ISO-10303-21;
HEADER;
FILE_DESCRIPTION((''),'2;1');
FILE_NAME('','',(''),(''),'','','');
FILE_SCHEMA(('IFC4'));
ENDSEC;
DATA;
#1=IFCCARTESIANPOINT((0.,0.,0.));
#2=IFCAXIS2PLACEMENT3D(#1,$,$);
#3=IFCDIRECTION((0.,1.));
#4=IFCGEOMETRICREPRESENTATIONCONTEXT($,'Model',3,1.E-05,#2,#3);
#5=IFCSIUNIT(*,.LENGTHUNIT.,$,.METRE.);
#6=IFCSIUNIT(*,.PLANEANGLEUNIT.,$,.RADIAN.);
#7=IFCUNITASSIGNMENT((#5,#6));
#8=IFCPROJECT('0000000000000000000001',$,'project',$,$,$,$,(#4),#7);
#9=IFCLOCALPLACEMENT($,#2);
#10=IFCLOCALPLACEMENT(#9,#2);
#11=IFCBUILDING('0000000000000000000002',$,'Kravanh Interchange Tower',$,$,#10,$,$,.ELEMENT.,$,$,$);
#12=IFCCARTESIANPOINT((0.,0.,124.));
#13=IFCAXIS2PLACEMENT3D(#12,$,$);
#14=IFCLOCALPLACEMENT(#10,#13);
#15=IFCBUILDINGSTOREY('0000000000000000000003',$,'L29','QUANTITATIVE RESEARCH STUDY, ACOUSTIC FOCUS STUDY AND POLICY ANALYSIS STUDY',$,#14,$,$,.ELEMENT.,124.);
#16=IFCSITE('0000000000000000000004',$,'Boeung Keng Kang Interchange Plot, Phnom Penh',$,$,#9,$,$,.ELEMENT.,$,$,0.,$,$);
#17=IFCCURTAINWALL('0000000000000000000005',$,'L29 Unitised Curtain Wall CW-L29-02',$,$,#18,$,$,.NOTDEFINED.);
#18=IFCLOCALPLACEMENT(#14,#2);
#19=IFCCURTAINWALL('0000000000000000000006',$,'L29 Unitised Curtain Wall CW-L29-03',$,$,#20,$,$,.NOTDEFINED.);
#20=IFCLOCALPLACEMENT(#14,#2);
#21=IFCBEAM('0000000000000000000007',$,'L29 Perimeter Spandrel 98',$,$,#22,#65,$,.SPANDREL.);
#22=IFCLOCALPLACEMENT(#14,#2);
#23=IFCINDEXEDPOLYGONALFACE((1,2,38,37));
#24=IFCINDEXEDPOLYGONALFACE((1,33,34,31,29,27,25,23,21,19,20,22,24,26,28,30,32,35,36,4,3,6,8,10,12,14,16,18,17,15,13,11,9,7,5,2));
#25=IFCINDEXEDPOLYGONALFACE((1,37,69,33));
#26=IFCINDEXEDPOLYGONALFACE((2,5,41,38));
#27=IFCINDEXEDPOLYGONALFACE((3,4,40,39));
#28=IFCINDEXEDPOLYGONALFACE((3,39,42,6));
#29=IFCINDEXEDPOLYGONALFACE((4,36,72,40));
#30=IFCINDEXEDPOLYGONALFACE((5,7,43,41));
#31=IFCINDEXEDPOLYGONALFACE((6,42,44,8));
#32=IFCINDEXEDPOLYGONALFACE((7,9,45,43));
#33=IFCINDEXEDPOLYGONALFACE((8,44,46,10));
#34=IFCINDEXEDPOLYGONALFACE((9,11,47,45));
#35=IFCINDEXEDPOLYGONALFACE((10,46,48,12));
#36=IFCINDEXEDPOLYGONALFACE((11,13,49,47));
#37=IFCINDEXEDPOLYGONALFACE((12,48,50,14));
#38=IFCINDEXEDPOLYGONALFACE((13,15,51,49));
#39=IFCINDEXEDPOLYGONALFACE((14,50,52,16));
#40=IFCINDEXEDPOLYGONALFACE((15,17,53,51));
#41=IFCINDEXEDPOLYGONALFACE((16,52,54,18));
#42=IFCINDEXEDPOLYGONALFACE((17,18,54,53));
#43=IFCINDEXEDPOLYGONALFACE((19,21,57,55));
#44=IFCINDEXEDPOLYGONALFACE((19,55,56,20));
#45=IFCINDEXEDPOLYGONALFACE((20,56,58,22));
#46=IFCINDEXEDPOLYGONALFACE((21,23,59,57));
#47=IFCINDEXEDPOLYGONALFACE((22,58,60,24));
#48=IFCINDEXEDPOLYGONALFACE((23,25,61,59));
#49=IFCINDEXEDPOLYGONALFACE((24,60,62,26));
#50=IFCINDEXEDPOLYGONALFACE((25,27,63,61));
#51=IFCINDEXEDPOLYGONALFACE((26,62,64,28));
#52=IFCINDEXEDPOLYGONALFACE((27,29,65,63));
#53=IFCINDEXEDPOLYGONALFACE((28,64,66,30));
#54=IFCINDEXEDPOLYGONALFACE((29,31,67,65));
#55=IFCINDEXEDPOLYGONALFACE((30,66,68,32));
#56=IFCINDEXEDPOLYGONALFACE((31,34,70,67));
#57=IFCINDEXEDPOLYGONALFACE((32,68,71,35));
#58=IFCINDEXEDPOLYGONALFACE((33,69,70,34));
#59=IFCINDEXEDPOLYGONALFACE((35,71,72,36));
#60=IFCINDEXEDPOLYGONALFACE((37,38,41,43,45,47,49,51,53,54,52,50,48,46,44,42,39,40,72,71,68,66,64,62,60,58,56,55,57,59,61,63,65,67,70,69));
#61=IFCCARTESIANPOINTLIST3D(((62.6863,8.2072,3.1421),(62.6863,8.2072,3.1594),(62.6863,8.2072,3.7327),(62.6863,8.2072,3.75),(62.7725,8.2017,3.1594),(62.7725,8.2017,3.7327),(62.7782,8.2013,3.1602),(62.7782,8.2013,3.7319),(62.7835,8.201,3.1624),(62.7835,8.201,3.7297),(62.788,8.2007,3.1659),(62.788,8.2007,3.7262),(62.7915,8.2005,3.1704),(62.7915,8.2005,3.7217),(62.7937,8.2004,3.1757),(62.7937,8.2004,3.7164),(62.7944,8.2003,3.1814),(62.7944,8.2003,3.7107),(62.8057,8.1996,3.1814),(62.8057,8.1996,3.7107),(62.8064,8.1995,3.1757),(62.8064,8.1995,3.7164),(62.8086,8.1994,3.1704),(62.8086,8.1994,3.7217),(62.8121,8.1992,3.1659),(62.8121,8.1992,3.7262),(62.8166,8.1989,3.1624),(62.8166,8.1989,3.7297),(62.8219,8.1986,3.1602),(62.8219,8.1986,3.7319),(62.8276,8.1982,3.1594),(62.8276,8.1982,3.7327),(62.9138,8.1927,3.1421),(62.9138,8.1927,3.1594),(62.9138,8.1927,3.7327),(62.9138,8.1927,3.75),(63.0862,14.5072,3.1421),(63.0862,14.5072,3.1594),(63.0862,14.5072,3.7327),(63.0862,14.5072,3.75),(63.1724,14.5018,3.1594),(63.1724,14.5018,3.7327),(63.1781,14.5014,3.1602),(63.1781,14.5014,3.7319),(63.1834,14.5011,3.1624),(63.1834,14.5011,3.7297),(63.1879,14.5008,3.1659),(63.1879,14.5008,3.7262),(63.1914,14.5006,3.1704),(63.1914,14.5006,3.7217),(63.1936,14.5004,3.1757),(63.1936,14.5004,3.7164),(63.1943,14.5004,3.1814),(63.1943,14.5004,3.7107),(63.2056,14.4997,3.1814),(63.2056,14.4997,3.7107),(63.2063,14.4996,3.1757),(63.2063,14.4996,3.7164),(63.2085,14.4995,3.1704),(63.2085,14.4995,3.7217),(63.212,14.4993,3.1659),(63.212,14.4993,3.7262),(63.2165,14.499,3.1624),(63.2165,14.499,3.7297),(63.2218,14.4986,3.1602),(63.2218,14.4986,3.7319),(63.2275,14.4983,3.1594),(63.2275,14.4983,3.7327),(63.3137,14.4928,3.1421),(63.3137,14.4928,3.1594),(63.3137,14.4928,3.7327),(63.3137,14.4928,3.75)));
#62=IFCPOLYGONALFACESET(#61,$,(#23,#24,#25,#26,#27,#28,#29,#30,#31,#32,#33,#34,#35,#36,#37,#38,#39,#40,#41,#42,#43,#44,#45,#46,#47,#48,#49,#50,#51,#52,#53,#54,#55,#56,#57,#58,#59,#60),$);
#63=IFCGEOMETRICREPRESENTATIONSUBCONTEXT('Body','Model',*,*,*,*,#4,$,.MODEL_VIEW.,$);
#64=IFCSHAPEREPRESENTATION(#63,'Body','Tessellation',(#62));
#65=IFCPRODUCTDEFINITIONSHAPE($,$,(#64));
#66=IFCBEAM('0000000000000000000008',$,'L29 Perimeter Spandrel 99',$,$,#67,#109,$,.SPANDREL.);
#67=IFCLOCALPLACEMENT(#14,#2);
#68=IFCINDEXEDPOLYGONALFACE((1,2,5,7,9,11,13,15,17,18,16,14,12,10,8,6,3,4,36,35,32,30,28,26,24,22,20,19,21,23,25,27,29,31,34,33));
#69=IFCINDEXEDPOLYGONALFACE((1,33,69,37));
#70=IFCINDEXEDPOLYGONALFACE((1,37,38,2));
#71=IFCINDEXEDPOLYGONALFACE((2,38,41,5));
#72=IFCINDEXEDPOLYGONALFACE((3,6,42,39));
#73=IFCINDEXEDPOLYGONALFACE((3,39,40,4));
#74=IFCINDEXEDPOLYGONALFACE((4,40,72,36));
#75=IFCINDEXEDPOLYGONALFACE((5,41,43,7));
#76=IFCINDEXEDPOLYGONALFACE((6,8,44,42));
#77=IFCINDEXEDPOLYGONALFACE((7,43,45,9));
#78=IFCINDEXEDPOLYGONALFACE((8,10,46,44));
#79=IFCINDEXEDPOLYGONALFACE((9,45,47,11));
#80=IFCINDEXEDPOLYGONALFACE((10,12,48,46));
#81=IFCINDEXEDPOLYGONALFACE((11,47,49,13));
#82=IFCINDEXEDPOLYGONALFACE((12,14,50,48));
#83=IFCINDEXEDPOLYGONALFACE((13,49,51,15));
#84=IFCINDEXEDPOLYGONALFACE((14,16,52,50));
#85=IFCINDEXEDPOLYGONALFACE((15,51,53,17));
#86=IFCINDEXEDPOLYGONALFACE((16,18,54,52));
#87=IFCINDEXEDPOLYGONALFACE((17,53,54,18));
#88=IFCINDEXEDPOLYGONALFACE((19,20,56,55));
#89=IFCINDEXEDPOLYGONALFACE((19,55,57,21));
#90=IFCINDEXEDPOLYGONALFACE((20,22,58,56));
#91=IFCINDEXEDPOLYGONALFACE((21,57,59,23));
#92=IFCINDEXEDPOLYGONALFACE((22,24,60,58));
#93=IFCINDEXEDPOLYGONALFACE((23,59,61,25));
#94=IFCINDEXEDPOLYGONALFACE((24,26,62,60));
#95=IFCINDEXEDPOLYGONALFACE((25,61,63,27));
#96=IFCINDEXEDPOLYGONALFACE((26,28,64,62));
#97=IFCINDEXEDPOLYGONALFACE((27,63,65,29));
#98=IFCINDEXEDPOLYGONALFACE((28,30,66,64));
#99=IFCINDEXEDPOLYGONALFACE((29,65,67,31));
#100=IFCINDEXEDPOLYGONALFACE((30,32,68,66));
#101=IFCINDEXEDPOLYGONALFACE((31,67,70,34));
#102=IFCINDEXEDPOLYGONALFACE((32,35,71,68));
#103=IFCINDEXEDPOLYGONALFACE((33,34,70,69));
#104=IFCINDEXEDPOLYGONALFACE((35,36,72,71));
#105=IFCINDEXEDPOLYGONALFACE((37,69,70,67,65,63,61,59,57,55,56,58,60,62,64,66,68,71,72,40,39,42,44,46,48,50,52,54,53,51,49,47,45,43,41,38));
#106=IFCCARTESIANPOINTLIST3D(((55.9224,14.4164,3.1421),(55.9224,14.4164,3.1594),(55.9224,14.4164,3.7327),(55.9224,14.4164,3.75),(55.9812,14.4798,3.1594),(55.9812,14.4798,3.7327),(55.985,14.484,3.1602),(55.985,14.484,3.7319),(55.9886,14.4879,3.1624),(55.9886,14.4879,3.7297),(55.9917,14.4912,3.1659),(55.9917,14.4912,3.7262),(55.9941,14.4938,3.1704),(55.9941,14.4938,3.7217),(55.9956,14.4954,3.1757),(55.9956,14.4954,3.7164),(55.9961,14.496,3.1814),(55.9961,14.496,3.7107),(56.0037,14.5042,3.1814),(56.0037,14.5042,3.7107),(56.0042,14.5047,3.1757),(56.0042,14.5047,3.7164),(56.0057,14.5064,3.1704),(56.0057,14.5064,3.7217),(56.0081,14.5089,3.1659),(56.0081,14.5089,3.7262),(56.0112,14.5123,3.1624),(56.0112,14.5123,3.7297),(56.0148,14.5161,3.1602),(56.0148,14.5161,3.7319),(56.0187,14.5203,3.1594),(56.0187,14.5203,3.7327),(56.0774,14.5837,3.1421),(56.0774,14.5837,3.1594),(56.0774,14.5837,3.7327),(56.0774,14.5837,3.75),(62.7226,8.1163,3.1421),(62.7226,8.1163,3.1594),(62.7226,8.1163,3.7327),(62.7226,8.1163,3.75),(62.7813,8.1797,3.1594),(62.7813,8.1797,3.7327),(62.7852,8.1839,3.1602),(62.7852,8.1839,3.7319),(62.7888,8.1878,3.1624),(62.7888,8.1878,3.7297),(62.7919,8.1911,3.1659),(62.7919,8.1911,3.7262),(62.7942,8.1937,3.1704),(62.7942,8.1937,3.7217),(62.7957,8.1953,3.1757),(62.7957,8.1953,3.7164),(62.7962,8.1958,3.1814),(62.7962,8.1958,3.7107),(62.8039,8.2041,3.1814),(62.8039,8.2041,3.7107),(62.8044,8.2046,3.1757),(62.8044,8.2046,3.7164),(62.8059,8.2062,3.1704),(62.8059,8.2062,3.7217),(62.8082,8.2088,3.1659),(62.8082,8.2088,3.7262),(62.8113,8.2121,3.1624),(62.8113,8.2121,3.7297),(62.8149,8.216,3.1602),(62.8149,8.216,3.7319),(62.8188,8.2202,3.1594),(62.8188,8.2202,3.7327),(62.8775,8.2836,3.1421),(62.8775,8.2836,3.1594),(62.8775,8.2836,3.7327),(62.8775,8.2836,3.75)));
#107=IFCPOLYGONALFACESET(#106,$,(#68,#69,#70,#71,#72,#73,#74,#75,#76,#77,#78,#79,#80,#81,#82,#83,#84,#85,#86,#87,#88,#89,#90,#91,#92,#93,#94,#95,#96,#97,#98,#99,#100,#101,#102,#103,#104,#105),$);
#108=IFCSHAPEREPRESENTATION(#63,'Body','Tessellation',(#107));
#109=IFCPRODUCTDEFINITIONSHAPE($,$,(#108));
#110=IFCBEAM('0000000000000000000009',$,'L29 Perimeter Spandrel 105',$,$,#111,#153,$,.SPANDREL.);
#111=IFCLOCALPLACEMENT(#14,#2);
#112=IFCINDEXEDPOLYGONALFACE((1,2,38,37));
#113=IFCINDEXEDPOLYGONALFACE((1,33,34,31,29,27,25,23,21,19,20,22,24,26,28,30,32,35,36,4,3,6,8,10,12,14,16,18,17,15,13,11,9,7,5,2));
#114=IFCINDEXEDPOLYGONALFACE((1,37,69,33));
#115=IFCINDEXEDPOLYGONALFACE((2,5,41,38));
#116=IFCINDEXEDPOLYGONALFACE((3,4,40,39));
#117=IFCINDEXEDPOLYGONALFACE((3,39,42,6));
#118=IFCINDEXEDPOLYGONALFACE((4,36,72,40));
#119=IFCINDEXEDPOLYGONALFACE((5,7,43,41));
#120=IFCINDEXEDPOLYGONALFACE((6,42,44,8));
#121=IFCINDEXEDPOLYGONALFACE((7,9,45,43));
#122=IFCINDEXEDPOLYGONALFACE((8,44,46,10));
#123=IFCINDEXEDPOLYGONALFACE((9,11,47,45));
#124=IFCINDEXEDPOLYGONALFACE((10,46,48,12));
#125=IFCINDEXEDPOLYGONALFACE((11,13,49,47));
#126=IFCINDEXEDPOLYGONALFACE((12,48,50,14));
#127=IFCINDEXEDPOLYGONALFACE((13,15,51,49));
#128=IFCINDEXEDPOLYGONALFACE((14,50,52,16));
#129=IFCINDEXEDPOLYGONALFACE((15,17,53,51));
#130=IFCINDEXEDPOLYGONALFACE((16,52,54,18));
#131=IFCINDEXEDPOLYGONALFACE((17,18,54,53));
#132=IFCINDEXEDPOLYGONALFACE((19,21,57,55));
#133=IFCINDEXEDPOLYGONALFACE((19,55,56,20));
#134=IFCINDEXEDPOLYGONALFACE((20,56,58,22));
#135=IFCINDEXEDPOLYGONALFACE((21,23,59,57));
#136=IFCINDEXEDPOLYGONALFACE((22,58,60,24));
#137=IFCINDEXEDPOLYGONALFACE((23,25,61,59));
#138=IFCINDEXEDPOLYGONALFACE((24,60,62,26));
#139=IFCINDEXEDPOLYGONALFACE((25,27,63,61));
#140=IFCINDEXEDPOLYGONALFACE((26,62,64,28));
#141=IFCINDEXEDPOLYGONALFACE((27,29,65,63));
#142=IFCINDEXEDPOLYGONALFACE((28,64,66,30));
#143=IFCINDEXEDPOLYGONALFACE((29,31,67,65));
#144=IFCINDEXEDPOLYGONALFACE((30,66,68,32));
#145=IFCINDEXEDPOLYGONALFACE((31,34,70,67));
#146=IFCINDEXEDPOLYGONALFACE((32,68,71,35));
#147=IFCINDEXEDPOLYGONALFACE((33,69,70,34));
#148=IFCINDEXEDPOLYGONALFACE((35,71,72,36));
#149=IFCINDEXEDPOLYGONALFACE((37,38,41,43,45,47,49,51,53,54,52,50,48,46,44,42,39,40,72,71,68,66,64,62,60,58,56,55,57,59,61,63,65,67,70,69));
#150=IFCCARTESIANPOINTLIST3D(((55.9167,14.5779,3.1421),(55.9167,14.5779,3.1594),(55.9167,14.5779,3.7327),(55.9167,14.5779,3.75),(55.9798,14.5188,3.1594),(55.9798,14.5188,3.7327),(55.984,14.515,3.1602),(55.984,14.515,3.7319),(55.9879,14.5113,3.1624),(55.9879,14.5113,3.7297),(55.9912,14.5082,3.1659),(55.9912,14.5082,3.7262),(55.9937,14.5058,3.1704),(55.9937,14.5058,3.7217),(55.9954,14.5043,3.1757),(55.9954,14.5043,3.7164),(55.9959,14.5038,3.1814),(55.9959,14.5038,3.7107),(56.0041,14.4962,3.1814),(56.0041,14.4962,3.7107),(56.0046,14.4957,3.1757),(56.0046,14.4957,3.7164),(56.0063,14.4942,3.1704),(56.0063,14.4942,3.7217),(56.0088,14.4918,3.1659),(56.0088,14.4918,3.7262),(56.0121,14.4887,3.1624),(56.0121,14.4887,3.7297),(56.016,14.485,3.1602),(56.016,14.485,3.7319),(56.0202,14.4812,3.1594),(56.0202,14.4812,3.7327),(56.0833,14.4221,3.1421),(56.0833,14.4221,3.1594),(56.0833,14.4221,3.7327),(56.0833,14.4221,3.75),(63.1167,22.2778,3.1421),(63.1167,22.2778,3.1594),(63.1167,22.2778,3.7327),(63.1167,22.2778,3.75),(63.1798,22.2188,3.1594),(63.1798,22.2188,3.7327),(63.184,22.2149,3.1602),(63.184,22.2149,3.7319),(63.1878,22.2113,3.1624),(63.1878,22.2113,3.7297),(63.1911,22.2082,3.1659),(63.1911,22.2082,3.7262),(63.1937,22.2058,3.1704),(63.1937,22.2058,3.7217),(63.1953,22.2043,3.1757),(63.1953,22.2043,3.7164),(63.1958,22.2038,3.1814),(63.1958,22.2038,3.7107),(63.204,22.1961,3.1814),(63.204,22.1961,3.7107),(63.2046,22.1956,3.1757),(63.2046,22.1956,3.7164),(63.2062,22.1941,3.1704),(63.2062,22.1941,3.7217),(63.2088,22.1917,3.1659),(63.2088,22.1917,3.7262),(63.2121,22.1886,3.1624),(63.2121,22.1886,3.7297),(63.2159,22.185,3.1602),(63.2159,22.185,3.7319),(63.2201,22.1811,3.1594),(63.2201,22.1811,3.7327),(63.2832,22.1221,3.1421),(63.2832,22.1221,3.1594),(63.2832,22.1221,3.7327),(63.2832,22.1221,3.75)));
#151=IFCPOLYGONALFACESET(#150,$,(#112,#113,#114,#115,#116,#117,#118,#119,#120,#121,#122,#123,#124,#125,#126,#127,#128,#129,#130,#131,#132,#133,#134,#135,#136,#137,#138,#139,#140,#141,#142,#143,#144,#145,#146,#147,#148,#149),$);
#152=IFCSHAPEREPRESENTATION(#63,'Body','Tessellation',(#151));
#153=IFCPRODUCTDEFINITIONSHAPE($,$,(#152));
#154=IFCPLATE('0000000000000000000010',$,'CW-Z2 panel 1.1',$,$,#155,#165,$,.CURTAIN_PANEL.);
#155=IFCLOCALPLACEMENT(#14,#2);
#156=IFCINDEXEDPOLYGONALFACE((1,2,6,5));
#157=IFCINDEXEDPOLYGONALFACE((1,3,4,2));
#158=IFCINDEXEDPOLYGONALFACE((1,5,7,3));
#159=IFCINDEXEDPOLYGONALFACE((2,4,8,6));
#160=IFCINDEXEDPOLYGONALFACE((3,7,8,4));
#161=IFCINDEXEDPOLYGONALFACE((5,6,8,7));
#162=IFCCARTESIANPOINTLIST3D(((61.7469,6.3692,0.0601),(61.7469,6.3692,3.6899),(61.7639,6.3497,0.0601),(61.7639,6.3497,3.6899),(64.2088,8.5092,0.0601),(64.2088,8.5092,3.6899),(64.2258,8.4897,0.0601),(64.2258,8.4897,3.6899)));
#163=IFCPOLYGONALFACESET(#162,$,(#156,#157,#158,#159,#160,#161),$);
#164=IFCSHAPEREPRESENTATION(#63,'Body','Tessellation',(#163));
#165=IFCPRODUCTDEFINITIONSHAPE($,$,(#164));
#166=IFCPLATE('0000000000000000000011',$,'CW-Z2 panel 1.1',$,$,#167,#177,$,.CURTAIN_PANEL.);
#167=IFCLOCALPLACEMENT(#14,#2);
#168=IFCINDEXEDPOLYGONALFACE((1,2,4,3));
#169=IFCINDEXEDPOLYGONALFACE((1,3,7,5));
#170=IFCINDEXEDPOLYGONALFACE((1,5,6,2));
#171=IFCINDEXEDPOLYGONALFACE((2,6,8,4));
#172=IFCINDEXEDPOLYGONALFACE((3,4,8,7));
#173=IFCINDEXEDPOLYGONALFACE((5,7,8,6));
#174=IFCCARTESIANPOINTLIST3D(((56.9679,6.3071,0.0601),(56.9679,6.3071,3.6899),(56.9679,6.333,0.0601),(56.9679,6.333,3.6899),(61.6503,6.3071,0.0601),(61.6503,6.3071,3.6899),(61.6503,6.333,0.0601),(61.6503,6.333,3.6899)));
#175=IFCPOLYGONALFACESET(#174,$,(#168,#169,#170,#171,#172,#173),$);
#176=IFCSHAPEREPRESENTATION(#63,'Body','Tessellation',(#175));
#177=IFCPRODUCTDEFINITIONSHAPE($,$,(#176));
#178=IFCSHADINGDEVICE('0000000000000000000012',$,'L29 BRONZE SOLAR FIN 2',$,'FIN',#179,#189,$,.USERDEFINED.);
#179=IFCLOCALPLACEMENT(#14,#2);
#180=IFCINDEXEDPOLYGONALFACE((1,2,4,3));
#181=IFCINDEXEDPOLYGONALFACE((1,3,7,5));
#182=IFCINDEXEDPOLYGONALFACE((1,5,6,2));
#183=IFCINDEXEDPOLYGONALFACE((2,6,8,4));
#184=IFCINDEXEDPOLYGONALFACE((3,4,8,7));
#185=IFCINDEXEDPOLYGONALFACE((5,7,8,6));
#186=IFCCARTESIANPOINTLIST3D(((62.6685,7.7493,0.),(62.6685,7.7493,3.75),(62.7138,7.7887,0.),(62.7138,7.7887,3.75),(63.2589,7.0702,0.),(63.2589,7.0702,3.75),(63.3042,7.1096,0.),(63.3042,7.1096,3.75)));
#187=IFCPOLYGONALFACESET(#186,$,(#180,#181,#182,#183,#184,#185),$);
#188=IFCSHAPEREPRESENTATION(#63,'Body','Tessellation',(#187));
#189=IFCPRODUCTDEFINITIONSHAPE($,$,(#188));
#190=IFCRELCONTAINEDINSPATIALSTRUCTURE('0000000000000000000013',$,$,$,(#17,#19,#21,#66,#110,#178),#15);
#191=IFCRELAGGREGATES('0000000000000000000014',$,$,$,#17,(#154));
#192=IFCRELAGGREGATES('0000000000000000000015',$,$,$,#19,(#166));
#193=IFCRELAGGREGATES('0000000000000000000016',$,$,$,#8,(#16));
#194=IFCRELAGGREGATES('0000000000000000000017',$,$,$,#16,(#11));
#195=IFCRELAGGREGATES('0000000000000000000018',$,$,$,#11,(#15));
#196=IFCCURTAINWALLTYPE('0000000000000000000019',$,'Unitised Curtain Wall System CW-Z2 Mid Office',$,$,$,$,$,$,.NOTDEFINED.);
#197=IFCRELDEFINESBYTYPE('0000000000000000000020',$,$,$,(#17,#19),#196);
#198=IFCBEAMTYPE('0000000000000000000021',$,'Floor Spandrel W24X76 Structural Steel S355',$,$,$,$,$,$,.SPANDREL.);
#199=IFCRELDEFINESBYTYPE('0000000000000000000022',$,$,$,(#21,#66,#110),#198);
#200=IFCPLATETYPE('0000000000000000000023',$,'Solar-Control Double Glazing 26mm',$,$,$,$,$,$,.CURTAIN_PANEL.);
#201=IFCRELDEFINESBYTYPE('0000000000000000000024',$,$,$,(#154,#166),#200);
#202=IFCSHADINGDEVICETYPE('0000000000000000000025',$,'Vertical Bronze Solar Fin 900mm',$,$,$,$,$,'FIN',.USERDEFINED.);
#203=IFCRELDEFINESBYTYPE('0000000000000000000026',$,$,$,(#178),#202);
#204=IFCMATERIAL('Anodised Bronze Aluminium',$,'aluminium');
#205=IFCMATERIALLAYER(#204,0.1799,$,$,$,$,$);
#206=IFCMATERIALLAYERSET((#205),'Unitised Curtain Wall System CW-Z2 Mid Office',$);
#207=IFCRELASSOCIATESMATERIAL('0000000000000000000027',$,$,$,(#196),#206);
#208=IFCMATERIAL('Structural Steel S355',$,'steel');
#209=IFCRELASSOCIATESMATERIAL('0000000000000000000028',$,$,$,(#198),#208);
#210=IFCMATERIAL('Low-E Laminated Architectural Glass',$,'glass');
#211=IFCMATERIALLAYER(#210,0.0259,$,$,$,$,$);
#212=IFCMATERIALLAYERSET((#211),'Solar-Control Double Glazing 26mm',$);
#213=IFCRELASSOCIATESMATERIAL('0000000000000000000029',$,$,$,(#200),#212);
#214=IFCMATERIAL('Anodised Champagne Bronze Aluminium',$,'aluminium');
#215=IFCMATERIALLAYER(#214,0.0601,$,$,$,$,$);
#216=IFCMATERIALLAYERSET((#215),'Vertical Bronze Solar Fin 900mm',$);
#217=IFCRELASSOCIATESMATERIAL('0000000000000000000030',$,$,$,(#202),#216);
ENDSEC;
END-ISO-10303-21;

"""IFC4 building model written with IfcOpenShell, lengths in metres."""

from ifc_helpers import new_model, si_unit, direction, frame, origin, origin_2d, place, context, subcontext, project, spatial, rectangle, i_section, extrude, material, layer, layer_set, material_profile, profile_set, type_object, element, aggregate, save


model = new_model("IFC4")

# Units and contexts
model_context = context("Model", 3, precision=1e-05, world=origin(), true_north=direction((0.0, 1.0)))
body_context = subcontext(model_context, "Body", "Model", "MODEL_VIEW")
ifc_project = project(units=[si_unit("LENGTHUNIT", "METRE"), si_unit("PLANEANGLEUNIT", "RADIAN")], contexts=[model_context])

# Site, building, storey
site_placement = place(None, origin())
site = spatial("IfcSite", under=ifc_project, at=site_placement, Name="Boeung Keng Kang Interchange Plot, Phnom Penh", CompositionType="ELEMENT", RefElevation=0.0)
building_placement = place(site_placement, origin())
building = spatial("IfcBuilding", under=site, at=building_placement, Name="Kravanh Interchange Tower", CompositionType="ELEMENT")
storey_placement = place(building_placement, frame((0.0, 0.0, 124.0)))
storey = spatial("IfcBuildingStorey", under=building, at=storey_placement, Name="L29", Description="QUANTITATIVE RESEARCH STUDY, ACOUSTIC FOCUS STUDY AND POLICY ANALYSIS STUDY", CompositionType="ELEMENT", Elevation=124.0)

# Curtain walls
ifc_material_1 = material(Name="Anodised Bronze Aluminium", Category="aluminium")
ifc_layer_1 = layer(ifc_material_1, 0.1799)
ifc_layer_set_1 = layer_set([ifc_layer_1], Name="Unitised Curtain Wall System CW-Z2 Mid Office")
curtain_wall_type = type_object("IfcCurtainWallType", Name="Unitised Curtain Wall System CW-Z2 Mid Office", PredefinedType="NOTDEFINED", material=ifc_layer_set_1)
curtain_wall_1_placement = place(storey_placement, origin())
curtain_wall_1 = element("IfcCurtainWall", 1, at=curtain_wall_1_placement, inside=storey, type_object=curtain_wall_type, Name="L29 Unitised Curtain Wall CW-L29-02", PredefinedType="NOTDEFINED")
curtain_wall_2_placement = place(storey_placement, origin())
curtain_wall_2 = element("IfcCurtainWall", 2, at=curtain_wall_2_placement, inside=storey, type_object=curtain_wall_type, Name="L29 Unitised Curtain Wall CW-L29-03", PredefinedType="NOTDEFINED")

# Beams
ifc_material_2 = material(Name="Structural Steel S355", Category="steel")
ifc_material_profile_1 = material_profile(ifc_material_2, i_section(OverallWidth=0.228, OverallDepth=0.6079, WebThickness=0.0112, FlangeThickness=0.0173, FilletRadius=0.022, at=origin_2d()), Name="W24X76")
ifc_profile_set_1 = profile_set([ifc_material_profile_1], Name="Structural Steel S355")
beam_type_1 = type_object("IfcBeamType", Name="Floor Spandrel W24X76 Structural Steel S355", PredefinedType="SPANDREL", material=ifc_profile_set_1)
beam_1_placement = place(storey_placement, frame((62.8, 8.2, 3.446), z_axis=(0.063349, 0.997991, 0.0), x_axis=(-0.997991, 0.063349, 0.0)))
element("IfcBeam", 3, at=beam_1_placement, inside=storey, type_object=beam_type_1, Name="L29 Perimeter Spandrel 98", PredefinedType="SPANDREL", context=body_context, shape_type="SweptSolid", body=[
    extrude(i_section(OverallWidth=0.228, OverallDepth=0.6079, WebThickness=0.0112, FlangeThickness=0.0173, FilletRadius=0.022, at=origin_2d()), origin(), (0.0, 0.0, 1.0), 6.3127),
])
beam_2_placement = place(storey_placement, frame((62.8, 8.2, 3.446), z_axis=(-0.733561, 0.679623, 0.0), x_axis=(-0.679623, -0.733561, 0.0)))
element("IfcBeam", 4, at=beam_2_placement, inside=storey, type_object=beam_type_1, Name="L29 Perimeter Spandrel 99", PredefinedType="SPANDREL", context=body_context, shape_type="SweptSolid", body=[
    extrude(i_section(OverallWidth=0.228, OverallDepth=0.6079, WebThickness=0.0112, FlangeThickness=0.0173, FilletRadius=0.022, at=origin_2d()), origin(), (0.0, 0.0, 1.0), 9.27),
])
beam_3_placement = place(storey_placement, frame((56.0, 14.5, 3.446), z_axis=(0.682994, 0.730424, 0.0), x_axis=(-0.730424, 0.682994, 0.0)))
element("IfcBeam", 5, at=beam_3_placement, inside=storey, type_object=beam_type_1, Name="L29 Perimeter Spandrel 105", PredefinedType="SPANDREL", context=body_context, shape_type="SweptSolid", body=[
    extrude(i_section(OverallWidth=0.228, OverallDepth=0.6079, WebThickness=0.0112, FlangeThickness=0.0173, FilletRadius=0.022, at=origin_2d()), origin(), (0.0, 0.0, 1.0), 10.5417),
])

# Plates
ifc_material_3 = material(Name="Low-E Laminated Architectural Glass", Category="glass")
ifc_layer_2 = layer(ifc_material_3, 0.0259)
ifc_layer_set_2 = layer_set([ifc_layer_2], Name="Solar-Control Double Glazing 26mm")
plate_type = type_object("IfcPlateType", Name="Solar-Control Double Glazing 26mm", PredefinedType="CURTAIN_PANEL", material=ifc_layer_set_2)
plate_1_placement = place(storey_placement, frame((62.9863, 7.4294, 0.0601), z_axis=(0.0, 0.0, 1.0), x_axis=(-0.754719, -0.656048, 0.0)))
plate_1 = element("IfcPlate", 6, at=plate_1_placement, type_object=plate_type, Name="CW-Z2 panel 1.1", PredefinedType="CURTAIN_PANEL", context=body_context, shape_type="SweptSolid", body=[
    extrude(rectangle(XDim=3.262, YDim=0.0259, at=origin_2d()), origin(), (0.0, 0.0, 1.0), 3.6299),
])
aggregate(curtain_wall_1, [plate_1])
plate_2_placement = place(storey_placement, frame((59.3091, 6.3201, 0.0601), z_axis=(0.0, 0.0, 1.0), x_axis=(-1.0, 0.0, 0.0)))
plate_2 = element("IfcPlate", 7, at=plate_2_placement, type_object=plate_type, Name="CW-Z2 panel 1.1", PredefinedType="CURTAIN_PANEL", context=body_context, shape_type="SweptSolid", body=[
    extrude(rectangle(XDim=4.6824, YDim=0.0259, at=origin_2d()), origin(), (0.0, 0.0, 1.0), 3.6299),
])
aggregate(curtain_wall_2, [plate_2])

# Shading device
ifc_material_4 = material(Name="Anodised Champagne Bronze Aluminium", Category="aluminium")
ifc_layer_3 = layer(ifc_material_4, 0.0601)
ifc_layer_set_3 = layer_set([ifc_layer_3], Name="Vertical Bronze Solar Fin 900mm")
shading_device_type = type_object("IfcShadingDeviceType", Name="Vertical Bronze Solar Fin 900mm", ElementType="FIN", PredefinedType="USERDEFINED", material=ifc_layer_set_3)
shading_device_placement = place(storey_placement, frame((62.9863, 7.4294, 0.0), z_axis=(0.0, 0.0, 1.0), x_axis=(0.656056, -0.754712, 0.0)))
element("IfcShadingDevice", 8, at=shading_device_placement, inside=storey, type_object=shading_device_type, Name="L29 BRONZE SOLAR FIN 2", ObjectType="FIN", PredefinedType="USERDEFINED", context=body_context, shape_type="SweptSolid", body=[
    extrude(rectangle(XDim=0.8999, YDim=0.0601, at=origin_2d()), origin(), (0.0, 0.0, 1.0), 3.75),
])

save(model, "model.ifc")
